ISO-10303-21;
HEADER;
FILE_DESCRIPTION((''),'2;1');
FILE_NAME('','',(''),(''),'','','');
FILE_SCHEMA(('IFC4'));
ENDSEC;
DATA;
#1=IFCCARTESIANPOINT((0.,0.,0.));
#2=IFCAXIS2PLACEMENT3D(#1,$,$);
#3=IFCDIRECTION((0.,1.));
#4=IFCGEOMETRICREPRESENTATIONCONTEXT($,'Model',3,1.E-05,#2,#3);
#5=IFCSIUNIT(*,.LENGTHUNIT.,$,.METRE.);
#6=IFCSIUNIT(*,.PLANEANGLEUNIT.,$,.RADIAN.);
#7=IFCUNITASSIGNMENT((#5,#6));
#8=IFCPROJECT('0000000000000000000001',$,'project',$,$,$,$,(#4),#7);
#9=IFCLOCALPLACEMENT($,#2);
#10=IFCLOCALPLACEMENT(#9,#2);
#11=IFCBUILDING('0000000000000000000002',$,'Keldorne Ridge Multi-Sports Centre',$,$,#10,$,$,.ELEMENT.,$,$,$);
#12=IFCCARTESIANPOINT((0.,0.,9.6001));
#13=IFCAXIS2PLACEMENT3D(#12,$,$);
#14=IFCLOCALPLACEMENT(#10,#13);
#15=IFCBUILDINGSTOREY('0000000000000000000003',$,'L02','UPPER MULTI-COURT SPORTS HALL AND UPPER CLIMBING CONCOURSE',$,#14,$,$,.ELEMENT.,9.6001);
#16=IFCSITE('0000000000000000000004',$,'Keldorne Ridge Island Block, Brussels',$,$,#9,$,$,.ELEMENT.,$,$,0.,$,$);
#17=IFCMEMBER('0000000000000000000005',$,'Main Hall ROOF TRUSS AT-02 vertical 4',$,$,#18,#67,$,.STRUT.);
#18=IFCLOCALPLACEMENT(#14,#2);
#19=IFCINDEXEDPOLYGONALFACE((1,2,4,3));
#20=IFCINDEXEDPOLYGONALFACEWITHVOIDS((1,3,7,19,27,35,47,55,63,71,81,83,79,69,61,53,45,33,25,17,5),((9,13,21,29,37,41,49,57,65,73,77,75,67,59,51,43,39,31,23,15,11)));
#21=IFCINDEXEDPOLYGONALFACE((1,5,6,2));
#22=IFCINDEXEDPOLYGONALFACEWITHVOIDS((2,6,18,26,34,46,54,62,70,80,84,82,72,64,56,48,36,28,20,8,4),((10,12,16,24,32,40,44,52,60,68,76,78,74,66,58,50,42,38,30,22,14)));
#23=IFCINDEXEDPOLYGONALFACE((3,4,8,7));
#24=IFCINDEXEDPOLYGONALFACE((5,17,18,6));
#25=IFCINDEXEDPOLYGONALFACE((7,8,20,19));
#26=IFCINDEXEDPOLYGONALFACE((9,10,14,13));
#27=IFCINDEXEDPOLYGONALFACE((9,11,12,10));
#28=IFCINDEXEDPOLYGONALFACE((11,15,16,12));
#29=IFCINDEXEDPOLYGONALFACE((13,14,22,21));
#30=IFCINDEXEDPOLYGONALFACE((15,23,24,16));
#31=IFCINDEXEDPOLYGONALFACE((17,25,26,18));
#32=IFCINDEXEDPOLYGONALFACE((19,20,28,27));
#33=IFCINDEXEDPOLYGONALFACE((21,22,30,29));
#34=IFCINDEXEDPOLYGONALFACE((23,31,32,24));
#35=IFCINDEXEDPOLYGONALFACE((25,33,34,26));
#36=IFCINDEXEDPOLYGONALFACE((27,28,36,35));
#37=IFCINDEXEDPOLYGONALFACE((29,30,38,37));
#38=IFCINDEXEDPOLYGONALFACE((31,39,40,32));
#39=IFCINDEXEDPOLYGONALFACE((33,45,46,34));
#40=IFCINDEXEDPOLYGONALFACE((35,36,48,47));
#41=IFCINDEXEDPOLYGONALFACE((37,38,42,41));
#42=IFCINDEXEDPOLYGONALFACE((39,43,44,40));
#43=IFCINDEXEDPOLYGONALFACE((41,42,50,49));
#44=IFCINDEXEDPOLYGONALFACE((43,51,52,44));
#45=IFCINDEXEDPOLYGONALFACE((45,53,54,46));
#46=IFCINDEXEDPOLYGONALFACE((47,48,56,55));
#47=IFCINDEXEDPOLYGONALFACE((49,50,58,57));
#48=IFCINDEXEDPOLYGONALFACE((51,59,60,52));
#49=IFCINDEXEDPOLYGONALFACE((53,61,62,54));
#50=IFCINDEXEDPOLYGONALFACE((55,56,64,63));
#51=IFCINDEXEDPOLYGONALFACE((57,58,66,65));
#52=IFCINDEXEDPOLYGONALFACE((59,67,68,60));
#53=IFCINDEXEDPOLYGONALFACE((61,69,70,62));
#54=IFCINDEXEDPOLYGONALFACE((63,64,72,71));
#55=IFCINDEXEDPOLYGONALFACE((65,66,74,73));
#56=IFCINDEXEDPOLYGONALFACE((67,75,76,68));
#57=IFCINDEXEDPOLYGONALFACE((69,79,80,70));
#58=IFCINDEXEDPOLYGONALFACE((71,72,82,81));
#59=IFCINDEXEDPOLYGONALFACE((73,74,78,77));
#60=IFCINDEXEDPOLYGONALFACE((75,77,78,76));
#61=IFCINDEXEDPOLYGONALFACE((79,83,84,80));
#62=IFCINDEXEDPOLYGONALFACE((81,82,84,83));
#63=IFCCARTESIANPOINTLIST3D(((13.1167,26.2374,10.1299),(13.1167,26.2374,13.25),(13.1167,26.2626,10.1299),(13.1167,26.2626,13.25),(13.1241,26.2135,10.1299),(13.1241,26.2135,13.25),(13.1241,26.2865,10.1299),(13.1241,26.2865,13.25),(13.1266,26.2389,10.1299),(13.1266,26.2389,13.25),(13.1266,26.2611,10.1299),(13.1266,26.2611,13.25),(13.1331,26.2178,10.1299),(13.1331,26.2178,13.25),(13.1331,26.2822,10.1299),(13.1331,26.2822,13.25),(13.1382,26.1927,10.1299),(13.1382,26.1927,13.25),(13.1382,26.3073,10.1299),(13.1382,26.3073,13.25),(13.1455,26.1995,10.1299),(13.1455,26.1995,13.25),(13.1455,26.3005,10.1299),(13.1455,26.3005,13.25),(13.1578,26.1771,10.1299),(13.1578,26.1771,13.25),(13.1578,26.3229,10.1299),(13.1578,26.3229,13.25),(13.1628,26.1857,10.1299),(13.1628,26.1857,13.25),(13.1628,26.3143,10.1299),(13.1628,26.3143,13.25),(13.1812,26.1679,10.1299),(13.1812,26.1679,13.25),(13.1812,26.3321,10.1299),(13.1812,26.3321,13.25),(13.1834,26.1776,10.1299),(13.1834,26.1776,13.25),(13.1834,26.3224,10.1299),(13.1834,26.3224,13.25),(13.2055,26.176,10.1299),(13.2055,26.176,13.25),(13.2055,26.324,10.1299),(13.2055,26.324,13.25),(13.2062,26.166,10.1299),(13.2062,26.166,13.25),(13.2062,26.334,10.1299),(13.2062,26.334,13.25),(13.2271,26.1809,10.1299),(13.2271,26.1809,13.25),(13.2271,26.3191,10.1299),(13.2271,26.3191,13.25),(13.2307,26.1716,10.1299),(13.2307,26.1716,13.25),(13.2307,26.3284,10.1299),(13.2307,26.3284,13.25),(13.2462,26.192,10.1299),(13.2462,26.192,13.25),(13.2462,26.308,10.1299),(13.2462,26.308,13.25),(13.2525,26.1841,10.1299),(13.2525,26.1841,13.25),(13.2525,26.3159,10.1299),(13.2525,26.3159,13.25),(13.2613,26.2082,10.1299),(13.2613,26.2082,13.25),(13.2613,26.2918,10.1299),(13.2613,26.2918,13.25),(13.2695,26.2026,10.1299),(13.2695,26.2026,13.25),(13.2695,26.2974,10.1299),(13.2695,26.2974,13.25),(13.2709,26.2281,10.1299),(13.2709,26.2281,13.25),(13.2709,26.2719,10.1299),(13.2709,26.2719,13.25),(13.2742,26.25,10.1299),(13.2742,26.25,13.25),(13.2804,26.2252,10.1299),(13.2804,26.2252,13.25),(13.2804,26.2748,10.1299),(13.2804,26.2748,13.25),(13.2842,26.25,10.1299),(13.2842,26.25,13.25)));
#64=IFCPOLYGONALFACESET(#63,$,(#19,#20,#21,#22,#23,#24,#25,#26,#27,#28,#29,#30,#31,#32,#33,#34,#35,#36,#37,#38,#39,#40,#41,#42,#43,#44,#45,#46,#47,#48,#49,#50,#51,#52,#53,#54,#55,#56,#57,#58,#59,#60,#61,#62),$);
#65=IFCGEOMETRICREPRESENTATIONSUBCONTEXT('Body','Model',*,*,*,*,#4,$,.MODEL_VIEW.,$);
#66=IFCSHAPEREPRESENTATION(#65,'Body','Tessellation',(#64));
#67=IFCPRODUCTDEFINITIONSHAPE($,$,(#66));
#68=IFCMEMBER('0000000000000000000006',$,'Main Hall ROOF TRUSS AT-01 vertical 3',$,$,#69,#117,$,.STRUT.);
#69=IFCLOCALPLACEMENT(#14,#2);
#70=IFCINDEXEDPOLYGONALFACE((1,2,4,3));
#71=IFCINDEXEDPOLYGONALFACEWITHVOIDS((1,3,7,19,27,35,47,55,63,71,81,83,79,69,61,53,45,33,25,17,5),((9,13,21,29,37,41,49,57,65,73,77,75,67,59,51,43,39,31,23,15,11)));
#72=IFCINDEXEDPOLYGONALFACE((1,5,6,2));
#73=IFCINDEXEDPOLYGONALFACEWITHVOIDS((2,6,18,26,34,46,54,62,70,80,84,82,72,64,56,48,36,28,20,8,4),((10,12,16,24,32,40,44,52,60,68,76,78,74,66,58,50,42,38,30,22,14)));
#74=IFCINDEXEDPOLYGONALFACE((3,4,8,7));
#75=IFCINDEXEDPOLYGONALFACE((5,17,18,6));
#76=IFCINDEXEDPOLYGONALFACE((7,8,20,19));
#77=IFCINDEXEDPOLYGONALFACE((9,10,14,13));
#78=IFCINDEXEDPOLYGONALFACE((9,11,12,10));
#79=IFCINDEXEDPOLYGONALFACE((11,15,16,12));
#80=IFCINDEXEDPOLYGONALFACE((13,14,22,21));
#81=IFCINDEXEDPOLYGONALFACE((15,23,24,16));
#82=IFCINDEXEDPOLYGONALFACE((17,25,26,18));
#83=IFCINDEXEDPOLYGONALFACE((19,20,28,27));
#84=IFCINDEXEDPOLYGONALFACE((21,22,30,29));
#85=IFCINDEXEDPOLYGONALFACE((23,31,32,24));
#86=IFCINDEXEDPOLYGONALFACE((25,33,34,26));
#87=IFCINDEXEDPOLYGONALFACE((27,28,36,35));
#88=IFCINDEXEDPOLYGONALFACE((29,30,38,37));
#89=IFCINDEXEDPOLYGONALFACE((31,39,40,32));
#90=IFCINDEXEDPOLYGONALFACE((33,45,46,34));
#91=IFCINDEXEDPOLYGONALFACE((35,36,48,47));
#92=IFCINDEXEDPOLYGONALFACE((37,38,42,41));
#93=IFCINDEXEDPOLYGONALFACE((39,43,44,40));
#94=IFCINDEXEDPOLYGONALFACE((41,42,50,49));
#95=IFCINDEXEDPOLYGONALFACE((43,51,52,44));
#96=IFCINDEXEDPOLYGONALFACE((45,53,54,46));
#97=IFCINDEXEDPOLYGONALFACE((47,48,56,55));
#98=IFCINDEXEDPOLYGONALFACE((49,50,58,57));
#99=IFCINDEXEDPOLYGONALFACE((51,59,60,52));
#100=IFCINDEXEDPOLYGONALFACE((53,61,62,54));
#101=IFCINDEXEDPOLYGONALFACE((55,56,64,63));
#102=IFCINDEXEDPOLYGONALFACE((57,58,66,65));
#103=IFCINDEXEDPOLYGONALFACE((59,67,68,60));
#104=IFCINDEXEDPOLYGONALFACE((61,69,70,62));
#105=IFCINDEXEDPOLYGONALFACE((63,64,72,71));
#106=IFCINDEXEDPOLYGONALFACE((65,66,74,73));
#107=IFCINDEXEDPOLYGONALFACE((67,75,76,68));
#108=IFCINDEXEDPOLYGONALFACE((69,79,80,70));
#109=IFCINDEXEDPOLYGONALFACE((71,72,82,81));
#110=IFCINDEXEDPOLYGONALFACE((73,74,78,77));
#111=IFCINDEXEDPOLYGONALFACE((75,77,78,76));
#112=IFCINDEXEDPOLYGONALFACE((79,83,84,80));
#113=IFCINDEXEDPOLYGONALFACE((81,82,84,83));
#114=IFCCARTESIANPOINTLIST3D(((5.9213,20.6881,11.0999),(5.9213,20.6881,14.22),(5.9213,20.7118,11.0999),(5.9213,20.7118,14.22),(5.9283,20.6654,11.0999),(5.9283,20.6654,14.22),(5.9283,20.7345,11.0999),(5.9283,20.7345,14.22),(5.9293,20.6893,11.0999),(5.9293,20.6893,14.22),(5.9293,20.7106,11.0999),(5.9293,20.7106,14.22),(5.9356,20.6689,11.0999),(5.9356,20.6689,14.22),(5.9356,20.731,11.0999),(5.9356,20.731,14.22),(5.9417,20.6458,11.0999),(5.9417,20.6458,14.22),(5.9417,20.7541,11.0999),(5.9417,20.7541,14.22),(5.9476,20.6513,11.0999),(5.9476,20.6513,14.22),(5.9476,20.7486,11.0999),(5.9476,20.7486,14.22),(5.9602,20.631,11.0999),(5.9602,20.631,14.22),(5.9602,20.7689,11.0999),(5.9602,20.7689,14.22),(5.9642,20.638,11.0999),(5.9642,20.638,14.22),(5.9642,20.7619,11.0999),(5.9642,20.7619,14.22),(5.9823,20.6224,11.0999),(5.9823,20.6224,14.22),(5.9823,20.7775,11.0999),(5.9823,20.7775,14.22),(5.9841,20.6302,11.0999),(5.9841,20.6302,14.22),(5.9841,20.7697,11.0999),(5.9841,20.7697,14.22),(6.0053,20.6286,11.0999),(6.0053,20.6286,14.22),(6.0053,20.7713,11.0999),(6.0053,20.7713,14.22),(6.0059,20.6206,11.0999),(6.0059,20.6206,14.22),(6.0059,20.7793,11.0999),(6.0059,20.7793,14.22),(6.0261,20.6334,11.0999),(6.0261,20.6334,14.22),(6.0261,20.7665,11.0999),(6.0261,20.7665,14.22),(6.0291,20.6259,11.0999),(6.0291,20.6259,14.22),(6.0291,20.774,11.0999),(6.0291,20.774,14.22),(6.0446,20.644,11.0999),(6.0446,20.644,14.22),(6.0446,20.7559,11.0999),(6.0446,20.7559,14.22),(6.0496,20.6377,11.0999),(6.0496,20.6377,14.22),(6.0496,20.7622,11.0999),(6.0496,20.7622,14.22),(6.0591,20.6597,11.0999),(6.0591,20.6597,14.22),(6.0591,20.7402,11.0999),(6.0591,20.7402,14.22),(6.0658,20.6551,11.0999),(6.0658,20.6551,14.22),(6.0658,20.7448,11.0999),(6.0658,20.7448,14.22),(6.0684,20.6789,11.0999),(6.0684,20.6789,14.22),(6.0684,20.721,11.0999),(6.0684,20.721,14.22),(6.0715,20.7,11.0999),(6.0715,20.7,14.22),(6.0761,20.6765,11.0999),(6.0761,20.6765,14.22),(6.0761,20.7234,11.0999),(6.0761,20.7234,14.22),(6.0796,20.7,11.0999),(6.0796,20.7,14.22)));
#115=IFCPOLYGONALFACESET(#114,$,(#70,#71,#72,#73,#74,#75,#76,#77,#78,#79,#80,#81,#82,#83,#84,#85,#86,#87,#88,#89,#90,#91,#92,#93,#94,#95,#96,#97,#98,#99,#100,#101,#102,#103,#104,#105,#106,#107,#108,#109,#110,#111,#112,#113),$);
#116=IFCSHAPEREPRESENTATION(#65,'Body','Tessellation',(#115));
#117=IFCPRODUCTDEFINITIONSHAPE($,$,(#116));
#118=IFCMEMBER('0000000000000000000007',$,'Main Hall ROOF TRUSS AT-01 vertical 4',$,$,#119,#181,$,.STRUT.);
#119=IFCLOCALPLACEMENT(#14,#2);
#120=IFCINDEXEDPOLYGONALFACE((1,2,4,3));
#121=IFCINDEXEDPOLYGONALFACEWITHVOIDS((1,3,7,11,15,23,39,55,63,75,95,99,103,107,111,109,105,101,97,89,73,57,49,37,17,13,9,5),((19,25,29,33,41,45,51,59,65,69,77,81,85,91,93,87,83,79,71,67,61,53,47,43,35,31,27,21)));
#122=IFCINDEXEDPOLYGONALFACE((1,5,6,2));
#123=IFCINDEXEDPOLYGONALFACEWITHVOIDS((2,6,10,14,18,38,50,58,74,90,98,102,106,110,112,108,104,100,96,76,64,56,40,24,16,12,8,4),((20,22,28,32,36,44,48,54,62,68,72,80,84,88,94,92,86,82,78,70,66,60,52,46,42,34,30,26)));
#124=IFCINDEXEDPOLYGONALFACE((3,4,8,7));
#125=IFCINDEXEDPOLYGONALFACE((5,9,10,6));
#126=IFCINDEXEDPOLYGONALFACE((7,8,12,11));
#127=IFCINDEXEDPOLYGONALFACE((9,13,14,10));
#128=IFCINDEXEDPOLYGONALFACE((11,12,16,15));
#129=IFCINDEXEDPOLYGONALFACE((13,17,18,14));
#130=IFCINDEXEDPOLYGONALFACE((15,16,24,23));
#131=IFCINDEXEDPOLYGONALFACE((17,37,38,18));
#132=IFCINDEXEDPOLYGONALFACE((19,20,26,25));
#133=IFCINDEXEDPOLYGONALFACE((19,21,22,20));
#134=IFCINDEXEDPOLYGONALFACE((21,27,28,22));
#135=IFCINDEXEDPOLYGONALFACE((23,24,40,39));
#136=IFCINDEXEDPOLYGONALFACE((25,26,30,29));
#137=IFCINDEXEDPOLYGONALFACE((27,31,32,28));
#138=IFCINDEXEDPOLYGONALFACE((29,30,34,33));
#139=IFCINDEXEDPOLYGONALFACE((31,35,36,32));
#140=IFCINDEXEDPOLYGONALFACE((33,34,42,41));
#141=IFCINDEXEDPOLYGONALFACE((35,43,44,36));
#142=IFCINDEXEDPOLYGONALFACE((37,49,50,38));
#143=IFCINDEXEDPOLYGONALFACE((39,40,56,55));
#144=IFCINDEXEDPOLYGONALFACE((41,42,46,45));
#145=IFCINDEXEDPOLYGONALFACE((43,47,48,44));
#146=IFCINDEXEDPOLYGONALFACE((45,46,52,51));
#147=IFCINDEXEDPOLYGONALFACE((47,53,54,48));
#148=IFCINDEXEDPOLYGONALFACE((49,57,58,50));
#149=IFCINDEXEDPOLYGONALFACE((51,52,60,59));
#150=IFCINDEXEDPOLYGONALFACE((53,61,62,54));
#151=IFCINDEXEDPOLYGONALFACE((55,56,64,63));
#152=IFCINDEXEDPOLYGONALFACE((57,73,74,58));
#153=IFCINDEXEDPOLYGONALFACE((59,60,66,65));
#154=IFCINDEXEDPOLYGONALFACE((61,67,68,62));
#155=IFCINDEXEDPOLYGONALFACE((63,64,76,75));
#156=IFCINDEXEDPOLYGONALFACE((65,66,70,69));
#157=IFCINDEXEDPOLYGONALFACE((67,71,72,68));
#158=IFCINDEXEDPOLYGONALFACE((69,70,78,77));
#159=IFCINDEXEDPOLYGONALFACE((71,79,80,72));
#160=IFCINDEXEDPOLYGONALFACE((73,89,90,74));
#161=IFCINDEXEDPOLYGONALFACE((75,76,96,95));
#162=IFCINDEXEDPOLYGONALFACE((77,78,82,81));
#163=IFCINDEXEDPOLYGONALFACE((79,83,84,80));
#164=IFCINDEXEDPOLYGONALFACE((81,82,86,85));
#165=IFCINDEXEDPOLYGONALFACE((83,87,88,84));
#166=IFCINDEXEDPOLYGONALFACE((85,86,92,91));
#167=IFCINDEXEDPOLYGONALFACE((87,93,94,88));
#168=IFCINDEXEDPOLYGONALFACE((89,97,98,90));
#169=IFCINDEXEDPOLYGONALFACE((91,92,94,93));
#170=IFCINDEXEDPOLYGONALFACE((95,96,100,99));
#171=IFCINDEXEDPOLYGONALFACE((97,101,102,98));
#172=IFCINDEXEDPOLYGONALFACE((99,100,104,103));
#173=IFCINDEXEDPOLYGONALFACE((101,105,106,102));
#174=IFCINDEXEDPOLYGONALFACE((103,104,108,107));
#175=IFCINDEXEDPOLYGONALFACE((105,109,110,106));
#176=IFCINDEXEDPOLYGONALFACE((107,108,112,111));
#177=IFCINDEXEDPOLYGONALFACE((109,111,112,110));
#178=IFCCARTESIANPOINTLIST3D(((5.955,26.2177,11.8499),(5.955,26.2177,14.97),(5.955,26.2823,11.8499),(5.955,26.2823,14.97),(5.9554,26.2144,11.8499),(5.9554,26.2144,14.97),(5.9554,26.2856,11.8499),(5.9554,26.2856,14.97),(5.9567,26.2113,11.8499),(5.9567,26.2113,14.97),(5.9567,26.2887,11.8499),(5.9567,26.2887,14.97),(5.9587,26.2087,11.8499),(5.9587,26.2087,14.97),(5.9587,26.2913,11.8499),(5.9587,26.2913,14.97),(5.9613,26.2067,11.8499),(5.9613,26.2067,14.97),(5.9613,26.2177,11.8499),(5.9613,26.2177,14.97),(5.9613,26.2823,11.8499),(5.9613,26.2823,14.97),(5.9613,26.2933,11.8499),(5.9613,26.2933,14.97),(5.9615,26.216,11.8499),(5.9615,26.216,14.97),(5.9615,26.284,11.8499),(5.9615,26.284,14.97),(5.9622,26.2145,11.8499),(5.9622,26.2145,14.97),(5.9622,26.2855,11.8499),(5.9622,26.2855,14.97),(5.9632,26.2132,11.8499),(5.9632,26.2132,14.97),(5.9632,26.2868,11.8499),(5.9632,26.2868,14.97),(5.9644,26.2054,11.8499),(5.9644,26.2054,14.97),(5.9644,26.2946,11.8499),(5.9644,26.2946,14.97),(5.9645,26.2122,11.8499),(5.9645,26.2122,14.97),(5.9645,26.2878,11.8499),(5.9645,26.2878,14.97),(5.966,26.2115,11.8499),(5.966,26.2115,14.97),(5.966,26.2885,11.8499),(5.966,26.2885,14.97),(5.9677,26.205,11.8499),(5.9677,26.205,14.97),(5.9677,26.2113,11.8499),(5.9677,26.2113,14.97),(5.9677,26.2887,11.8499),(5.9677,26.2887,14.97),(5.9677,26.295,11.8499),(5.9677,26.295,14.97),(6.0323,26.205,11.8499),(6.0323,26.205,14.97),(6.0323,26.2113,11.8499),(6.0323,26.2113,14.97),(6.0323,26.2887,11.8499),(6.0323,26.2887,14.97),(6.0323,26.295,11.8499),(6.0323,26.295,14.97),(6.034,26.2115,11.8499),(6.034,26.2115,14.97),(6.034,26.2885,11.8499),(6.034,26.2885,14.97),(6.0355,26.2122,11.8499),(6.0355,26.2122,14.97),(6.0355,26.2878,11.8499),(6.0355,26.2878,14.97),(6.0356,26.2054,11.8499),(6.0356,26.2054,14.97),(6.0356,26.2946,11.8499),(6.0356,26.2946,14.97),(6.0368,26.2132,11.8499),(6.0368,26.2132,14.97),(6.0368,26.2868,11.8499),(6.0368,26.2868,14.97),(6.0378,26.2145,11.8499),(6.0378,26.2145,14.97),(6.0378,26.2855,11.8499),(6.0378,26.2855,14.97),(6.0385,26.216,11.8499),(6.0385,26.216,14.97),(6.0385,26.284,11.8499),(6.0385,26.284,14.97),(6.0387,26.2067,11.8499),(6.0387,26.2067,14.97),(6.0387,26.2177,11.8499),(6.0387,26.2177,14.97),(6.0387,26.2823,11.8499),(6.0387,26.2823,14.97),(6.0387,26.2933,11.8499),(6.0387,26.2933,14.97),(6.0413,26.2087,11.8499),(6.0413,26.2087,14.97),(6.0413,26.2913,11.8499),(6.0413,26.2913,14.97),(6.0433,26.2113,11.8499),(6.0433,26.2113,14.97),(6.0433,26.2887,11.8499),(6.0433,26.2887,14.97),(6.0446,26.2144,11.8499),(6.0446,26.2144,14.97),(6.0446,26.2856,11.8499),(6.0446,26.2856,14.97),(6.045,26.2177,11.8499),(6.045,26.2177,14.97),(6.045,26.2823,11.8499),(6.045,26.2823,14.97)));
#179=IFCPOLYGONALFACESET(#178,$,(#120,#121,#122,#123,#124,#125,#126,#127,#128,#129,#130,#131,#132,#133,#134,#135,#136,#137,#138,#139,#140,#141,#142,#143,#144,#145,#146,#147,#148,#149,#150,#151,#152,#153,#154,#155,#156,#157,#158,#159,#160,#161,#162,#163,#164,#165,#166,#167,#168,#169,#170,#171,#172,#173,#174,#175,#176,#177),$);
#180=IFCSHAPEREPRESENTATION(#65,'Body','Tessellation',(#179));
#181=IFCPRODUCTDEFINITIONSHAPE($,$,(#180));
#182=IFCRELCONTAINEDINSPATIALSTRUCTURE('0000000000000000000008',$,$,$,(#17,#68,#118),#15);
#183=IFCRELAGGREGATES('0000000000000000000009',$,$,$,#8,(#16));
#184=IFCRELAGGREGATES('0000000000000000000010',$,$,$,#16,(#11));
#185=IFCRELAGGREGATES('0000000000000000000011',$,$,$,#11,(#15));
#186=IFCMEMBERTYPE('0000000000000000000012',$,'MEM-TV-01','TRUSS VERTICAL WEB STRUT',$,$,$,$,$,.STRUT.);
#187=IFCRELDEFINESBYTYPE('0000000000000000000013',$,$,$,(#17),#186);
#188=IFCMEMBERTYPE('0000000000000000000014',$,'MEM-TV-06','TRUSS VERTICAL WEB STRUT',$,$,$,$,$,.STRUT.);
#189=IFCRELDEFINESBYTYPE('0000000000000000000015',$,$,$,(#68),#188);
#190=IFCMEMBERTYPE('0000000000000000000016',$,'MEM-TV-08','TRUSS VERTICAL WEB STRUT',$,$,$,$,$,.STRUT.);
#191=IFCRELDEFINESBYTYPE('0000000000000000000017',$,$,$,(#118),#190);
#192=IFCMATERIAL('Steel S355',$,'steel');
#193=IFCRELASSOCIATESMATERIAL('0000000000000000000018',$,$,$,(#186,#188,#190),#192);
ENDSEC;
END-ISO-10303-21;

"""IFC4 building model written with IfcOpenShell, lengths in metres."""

from ifc_helpers import new_model, si_unit, direction, frame, origin, origin_2d, place, context, subcontext, project, spatial, hollow_rectangle, hollow_circle, extrude, material, material_profile, profile_set, type_object, element, save


model = new_model("IFC4")

# Units and contexts
model_context = context("Model", 3, precision=1e-05, world=origin(), true_north=direction((0.0, 1.0)))
body_context = subcontext(model_context, "Body", "Model", "MODEL_VIEW")
ifc_project = project(units=[si_unit("LENGTHUNIT", "METRE"), si_unit("PLANEANGLEUNIT", "RADIAN")], contexts=[model_context])

# Site, building, storey
site_placement = place(None, origin())
site = spatial("IfcSite", under=ifc_project, at=site_placement, Name="Keldorne Ridge Island Block, Brussels", CompositionType="ELEMENT", RefElevation=0.0)
building_placement = place(site_placement, origin())
building = spatial("IfcBuilding", under=site, at=building_placement, Name="Keldorne Ridge Multi-Sports Centre", CompositionType="ELEMENT")
storey_placement = place(building_placement, frame((0.0, 0.0, 9.6001)))
storey = spatial("IfcBuildingStorey", under=building, at=storey_placement, Name="L02", Description="UPPER MULTI-COURT SPORTS HALL AND UPPER CLIMBING CONCOURSE", CompositionType="ELEMENT", Elevation=9.6001)

# Shared definitions
ifc_material_1 = material(Name="Steel S355", Category="steel")

# Members
ifc_material_profile_1 = material_profile(ifc_material_1, hollow_circle(Radius=0.0842, WallThickness=0.01, at=origin_2d()), Name="CHS 168.3x10")
ifc_profile_set_1 = profile_set([ifc_material_profile_1], Name="Steel S355")
member_type_1 = type_object("IfcMemberType", Name="MEM-TV-01", Description="TRUSS VERTICAL WEB STRUT", PredefinedType="STRUT", material=ifc_profile_set_1)
for number, where, z_axis, x_axis, name in (
    (1, (13.2, 26.25, 10.1299), (0.0, 0.0, 1.0), (1.0, 0.0, 0.0), "Main Hall ROOF TRUSS AT-02 vertical 4"),
):
    element("IfcMember", number, at=place(storey_placement, frame(where, z_axis=z_axis, x_axis=x_axis)), inside=storey, type_object=member_type_1, Name=name, PredefinedType="STRUT", context=body_context, shape_type="SweptSolid", body=[
        extrude(hollow_circle(Radius=0.0842, WallThickness=0.01, at=origin_2d()), origin(), (0.0, 0.0, 1.0), 3.1201),
    ])
ifc_material_profile_2 = material_profile(ifc_material_1, hollow_circle(Radius=0.0796, WallThickness=0.0081, at=origin_2d()), Name="CHS 159x8")
ifc_profile_set_2 = profile_set([ifc_material_profile_2], Name="Steel S355")
member_type_2 = type_object("IfcMemberType", Name="MEM-TV-06", Description="TRUSS VERTICAL WEB STRUT", PredefinedType="STRUT", material=ifc_profile_set_2)
member_1_placement = place(storey_placement, frame((6.0, 20.7, 11.0999), z_axis=(0.0, 0.0, 1.0), x_axis=(1.0, 0.0, 0.0)))
element("IfcMember", 2, at=member_1_placement, inside=storey, type_object=member_type_2, Name="Main Hall ROOF TRUSS AT-01 vertical 3", PredefinedType="STRUT", context=body_context, shape_type="SweptSolid", body=[
    extrude(hollow_circle(Radius=0.0796, WallThickness=0.0081, at=origin_2d()), origin(), (0.0, 0.0, 1.0), 3.1201),
])
ifc_material_profile_3 = material_profile(ifc_material_1, hollow_rectangle(XDim=0.0901, YDim=0.0901, WallThickness=0.0063, InnerFilletRadius=0.0063, OuterFilletRadius=0.0127, at=origin_2d()), Name="SHS 90x90x6.3")
ifc_profile_set_3 = profile_set([ifc_material_profile_3], Name="Steel S355")
member_type_3 = type_object("IfcMemberType", Name="MEM-TV-08", Description="TRUSS VERTICAL WEB STRUT", PredefinedType="STRUT", material=ifc_profile_set_3)
member_2_placement = place(storey_placement, frame((6.0, 26.25, 11.8499), z_axis=(0.0, 0.0, 1.0), x_axis=(1.0, 0.0, 0.0)))
element("IfcMember", 3, at=member_2_placement, inside=storey, type_object=member_type_3, Name="Main Hall ROOF TRUSS AT-01 vertical 4", PredefinedType="STRUT", context=body_context, shape_type="SweptSolid", body=[
    extrude(hollow_rectangle(XDim=0.0901, YDim=0.0901, WallThickness=0.0063, InnerFilletRadius=0.0063, OuterFilletRadius=0.0127, at=origin_2d()), origin(), (0.0, 0.0, 1.0), 3.1201),
])

save(model, "model.ifc")
